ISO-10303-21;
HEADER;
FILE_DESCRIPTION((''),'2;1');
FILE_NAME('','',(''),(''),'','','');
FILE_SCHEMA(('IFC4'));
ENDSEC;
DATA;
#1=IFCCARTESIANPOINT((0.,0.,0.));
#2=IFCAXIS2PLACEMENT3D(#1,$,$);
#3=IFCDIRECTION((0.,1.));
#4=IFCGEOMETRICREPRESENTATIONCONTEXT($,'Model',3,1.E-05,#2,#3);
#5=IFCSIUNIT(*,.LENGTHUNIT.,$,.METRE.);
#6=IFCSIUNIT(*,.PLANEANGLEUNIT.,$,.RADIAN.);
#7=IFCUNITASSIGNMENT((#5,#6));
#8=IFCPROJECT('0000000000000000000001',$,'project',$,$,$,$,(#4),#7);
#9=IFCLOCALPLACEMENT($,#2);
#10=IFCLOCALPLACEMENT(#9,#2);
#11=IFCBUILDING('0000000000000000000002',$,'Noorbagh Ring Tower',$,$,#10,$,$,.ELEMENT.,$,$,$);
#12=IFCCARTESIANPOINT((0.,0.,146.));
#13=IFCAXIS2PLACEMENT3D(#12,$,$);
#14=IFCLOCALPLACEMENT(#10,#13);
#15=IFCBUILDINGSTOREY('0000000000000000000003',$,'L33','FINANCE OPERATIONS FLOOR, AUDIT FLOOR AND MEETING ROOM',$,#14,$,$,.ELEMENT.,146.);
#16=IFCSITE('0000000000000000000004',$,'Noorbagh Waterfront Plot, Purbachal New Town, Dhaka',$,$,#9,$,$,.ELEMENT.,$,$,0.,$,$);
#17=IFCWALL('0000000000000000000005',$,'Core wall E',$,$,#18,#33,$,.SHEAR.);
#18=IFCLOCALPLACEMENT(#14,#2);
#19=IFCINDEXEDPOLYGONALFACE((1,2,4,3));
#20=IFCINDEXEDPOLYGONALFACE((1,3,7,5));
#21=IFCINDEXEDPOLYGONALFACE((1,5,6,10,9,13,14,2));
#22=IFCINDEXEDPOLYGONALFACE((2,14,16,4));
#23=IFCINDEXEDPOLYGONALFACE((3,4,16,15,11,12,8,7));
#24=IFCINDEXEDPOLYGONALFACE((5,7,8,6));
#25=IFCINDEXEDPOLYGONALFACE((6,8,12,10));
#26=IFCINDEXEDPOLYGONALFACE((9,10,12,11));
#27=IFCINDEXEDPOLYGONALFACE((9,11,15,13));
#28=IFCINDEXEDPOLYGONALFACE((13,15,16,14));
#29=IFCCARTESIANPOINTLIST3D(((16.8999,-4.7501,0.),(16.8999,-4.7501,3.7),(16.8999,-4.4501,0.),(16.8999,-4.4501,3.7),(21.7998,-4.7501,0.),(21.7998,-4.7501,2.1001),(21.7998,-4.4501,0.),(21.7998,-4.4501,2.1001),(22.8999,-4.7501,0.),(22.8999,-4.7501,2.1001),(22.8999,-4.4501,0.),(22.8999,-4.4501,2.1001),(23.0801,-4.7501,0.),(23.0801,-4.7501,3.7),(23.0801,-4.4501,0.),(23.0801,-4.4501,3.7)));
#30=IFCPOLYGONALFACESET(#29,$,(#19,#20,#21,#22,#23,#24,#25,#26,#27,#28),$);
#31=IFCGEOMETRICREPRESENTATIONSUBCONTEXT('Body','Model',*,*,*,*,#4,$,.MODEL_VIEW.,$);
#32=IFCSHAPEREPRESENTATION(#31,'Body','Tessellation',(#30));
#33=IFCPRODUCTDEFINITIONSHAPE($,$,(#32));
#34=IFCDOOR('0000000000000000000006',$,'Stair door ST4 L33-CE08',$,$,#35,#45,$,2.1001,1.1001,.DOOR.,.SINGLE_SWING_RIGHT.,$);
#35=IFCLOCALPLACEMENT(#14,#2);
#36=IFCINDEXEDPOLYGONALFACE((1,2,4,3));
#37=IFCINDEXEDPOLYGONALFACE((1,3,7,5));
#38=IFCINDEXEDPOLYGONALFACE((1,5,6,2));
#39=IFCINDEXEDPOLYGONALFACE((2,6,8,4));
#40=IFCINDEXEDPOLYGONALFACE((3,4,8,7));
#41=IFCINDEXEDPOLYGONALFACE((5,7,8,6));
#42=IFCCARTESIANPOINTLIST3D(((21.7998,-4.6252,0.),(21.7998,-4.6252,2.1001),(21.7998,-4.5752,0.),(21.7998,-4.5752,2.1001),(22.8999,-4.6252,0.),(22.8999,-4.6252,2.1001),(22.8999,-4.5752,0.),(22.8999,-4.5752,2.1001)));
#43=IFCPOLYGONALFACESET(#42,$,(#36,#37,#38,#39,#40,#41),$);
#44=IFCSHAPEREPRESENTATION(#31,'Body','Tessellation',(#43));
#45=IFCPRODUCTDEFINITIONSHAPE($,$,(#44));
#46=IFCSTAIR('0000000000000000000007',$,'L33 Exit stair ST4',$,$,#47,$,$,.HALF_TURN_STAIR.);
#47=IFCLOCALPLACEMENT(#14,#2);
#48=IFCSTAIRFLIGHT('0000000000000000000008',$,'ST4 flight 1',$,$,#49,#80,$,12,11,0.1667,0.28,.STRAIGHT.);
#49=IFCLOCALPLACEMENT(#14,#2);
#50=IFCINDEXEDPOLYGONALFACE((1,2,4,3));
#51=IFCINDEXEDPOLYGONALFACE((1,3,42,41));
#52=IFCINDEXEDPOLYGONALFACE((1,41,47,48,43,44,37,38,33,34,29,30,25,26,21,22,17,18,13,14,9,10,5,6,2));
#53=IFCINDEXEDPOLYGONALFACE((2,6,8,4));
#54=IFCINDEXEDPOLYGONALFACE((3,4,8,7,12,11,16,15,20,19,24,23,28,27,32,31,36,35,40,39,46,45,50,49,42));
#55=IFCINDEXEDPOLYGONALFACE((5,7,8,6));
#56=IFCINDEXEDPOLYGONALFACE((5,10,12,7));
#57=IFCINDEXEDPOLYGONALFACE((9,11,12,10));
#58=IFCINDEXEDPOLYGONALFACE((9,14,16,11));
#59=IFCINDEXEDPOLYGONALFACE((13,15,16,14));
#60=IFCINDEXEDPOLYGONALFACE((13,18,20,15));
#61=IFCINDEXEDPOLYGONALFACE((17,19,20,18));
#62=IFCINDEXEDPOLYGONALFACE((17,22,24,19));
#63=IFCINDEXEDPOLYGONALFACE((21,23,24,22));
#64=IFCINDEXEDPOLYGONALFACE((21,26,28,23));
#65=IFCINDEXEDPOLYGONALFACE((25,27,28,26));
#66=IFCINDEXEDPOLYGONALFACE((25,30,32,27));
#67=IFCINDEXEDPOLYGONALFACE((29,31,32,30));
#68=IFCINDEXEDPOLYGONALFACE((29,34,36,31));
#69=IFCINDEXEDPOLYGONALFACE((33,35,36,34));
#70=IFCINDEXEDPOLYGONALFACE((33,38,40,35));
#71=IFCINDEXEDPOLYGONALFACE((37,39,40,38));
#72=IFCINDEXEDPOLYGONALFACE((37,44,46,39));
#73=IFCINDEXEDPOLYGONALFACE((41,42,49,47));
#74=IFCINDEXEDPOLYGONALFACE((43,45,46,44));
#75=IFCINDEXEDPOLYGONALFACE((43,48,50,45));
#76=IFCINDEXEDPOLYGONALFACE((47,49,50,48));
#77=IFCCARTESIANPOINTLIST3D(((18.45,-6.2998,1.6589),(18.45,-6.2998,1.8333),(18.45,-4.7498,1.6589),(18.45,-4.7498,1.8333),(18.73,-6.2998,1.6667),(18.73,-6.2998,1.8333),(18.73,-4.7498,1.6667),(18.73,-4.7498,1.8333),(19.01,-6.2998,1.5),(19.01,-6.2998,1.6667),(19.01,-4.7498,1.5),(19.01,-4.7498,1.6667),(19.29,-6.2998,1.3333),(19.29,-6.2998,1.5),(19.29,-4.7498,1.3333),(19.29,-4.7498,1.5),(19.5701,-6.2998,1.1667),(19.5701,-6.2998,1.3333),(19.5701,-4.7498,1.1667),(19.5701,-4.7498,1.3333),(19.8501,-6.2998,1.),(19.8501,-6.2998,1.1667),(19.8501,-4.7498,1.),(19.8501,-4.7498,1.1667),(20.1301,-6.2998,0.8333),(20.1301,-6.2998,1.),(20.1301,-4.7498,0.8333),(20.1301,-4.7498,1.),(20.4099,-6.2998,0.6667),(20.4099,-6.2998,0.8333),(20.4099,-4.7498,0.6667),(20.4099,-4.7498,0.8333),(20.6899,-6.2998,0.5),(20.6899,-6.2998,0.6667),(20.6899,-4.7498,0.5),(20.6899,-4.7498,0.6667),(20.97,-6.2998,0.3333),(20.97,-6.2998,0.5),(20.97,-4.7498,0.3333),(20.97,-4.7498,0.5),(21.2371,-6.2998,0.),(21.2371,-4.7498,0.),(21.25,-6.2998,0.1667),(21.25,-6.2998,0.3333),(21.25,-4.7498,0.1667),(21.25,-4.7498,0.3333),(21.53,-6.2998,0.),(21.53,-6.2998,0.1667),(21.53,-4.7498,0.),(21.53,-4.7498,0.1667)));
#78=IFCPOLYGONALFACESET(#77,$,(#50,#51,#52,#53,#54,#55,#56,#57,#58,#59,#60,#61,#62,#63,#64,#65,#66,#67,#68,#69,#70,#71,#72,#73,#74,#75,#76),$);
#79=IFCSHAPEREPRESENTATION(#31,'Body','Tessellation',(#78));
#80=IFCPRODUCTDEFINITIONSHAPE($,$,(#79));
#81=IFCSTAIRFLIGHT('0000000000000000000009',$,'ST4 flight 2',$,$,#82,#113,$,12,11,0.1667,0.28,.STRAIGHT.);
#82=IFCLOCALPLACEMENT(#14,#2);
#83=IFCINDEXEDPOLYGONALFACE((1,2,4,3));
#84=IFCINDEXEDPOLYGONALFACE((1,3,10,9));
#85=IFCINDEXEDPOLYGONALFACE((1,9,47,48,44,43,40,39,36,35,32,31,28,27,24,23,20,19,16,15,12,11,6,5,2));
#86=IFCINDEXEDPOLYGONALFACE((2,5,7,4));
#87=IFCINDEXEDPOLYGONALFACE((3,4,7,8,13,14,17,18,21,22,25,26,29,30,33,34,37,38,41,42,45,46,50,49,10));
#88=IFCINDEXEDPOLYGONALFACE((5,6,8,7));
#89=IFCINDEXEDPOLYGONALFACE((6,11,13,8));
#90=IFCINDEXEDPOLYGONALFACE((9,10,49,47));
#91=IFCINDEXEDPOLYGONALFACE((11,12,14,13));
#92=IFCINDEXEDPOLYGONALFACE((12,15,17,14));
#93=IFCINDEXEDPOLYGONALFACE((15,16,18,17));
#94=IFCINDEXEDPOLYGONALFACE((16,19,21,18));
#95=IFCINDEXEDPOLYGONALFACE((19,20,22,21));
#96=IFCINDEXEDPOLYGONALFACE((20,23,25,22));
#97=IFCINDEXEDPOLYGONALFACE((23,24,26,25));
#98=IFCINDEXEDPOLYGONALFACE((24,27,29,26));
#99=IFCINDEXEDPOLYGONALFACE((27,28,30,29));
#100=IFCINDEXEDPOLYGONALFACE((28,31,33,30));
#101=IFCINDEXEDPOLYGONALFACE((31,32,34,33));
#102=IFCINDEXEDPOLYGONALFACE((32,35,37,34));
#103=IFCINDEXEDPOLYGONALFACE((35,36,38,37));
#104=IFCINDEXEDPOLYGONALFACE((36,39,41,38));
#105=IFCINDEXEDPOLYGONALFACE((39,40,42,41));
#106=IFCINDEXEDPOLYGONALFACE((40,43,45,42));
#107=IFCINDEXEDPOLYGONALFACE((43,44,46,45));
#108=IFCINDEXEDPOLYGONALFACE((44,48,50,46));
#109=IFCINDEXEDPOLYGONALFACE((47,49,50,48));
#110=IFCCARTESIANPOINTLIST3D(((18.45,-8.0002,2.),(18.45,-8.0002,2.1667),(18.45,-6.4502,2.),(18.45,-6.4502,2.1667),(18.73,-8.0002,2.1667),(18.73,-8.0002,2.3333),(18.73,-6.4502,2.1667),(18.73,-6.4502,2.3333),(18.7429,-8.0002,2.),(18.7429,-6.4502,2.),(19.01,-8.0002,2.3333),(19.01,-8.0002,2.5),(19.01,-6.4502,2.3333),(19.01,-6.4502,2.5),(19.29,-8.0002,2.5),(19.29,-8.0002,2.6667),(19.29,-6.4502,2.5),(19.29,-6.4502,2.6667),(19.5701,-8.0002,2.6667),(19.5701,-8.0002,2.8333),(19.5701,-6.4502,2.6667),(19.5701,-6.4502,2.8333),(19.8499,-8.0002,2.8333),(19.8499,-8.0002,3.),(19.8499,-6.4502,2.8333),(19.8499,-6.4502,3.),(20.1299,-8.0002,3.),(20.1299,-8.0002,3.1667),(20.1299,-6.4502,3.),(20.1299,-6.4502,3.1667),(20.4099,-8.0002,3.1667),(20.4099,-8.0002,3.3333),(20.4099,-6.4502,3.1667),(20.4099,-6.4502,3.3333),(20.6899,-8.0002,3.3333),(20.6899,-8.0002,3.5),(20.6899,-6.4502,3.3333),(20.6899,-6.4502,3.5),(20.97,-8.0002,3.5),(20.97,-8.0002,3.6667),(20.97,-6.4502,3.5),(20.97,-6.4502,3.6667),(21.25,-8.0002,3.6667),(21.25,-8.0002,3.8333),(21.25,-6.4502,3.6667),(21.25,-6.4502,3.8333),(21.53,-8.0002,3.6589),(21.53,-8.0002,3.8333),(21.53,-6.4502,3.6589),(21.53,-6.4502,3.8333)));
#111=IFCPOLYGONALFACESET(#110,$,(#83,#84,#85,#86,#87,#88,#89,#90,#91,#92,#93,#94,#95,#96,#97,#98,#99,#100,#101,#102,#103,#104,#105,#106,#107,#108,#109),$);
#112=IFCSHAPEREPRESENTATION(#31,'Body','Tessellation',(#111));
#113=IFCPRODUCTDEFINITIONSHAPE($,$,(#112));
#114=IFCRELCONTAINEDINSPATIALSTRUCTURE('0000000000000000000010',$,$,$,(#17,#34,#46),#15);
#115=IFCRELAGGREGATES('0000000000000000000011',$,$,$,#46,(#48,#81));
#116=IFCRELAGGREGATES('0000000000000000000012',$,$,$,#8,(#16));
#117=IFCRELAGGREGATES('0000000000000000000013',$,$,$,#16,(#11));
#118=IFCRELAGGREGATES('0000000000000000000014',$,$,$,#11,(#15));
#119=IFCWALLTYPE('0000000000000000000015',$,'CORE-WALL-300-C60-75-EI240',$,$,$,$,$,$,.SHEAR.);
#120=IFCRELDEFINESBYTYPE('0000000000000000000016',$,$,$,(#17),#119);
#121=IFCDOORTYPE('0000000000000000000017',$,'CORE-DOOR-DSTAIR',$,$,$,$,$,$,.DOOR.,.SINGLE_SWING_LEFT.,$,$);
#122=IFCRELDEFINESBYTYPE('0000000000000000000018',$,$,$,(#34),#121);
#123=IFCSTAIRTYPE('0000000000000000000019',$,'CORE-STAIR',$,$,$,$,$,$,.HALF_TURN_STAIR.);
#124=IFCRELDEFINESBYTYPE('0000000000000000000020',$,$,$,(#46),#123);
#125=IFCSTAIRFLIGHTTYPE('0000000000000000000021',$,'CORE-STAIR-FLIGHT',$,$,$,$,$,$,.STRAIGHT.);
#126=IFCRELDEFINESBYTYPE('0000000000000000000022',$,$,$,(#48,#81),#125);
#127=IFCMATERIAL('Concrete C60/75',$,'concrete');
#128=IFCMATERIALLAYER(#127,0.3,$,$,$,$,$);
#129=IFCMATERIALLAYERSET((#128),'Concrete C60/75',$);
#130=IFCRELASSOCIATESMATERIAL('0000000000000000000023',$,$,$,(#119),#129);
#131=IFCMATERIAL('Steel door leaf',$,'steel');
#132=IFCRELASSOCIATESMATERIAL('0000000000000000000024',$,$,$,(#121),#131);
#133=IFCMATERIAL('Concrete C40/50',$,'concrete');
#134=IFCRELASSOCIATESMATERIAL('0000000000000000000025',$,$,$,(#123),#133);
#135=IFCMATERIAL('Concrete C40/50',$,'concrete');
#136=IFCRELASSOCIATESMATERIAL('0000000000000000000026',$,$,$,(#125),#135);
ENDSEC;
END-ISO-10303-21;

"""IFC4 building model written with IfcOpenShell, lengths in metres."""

from ifc_helpers import new_model, si_unit, direction, frame, frame_2d, origin, place, context, subcontext, project, spatial, polyline, rectangle, outline, extrude, material, layer, layer_set, type_object, element, fill, aggregate, save


model = new_model("IFC4")

# Units and contexts
model_context = context("Model", 3, precision=1e-05, world=origin(), true_north=direction((0.0, 1.0)))
body_context = subcontext(model_context, "Body", "Model", "MODEL_VIEW")
ifc_project = project(units=[si_unit("LENGTHUNIT", "METRE"), si_unit("PLANEANGLEUNIT", "RADIAN")], contexts=[model_context])

# Site, building, storey
site_placement = place(None, origin())
site = spatial("IfcSite", under=ifc_project, at=site_placement, Name="Noorbagh Waterfront Plot, Purbachal New Town, Dhaka", CompositionType="ELEMENT", RefElevation=0.0)
building_placement = place(site_placement, origin())
building = spatial("IfcBuilding", under=site, at=building_placement, Name="Noorbagh Ring Tower", CompositionType="ELEMENT")
storey_placement = place(building_placement, frame((0.0, 0.0, 146.0)))
storey = spatial("IfcBuildingStorey", under=building, at=storey_placement, Name="L33", Description="FINANCE OPERATIONS FLOOR, AUDIT FLOOR AND MEETING ROOM", CompositionType="ELEMENT", Elevation=146.0)

# Shared definitions
ifc_material_1 = material(Name="Concrete C60/75", Category="concrete")
ifc_layer_1 = layer(ifc_material_1, 0.3)
ifc_layer_set_1 = layer_set([ifc_layer_1], Name="Concrete C60/75")
wall_type_1 = type_object("IfcWallType", Name="CORE-WALL-300-C60-75-EI240", PredefinedType="SHEAR", material=ifc_layer_set_1)

# Wall, opening, door
wall_1_placement = place(storey_placement, frame((16.8999, -4.6001, 0.0), z_axis=(0.0, 0.0, 1.0), x_axis=(1.0, 0.0, 0.0)))
wall_1 = element("IfcWall", 1, at=wall_1_placement, inside=storey, type_object=wall_type_1, Name="Core wall E", PredefinedType="SHEAR", context=body_context, shape_type="SweptSolid", body=[
    extrude(rectangle(XDim=6.1802, YDim=0.3, at=frame_2d((3.0901, 0.0))), origin(), (0.0, 0.0, 1.0), 3.7),
])
opening_1_placement = place(wall_1_placement, frame((4.8999, 0.0, 0.0)))
opening_1 = element("IfcOpeningElement", 2, at=opening_1_placement, cuts=wall_1, PredefinedType="OPENING", context=body_context, shape_type="SweptSolid", body=[
    extrude(rectangle(XDim=1.1001, YDim=2.1001, at=frame_2d((0.55, 1.05))), frame((0.0, 0.1602, 0.0), z_axis=(0.0, -1.0, 0.0), x_axis=(1.0, 0.0, 0.0)), (0.0, 0.0, 1.0), 0.3201),
])
ifc_material_2 = material(Name="Steel door leaf", Category="steel")
door_type_1 = type_object("IfcDoorType", Name="CORE-DOOR-DSTAIR", OperationType="SINGLE_SWING_LEFT", PredefinedType="DOOR", material=ifc_material_2)
door_1_placement = place(opening_1_placement, origin())
door_1 = element("IfcDoor", 3, at=door_1_placement, inside=storey, type_object=door_type_1, Name="Stair door ST4 L33-CE08", OperationType="SINGLE_SWING_RIGHT", OverallHeight=2.1001, OverallWidth=1.1001, PredefinedType="DOOR", context=body_context, shape_type="SweptSolid", body=[
    extrude(rectangle(XDim=1.1001, YDim=2.1001, at=frame_2d((0.55, 1.05))), frame((0.0, 0.0249, 0.0), z_axis=(0.0, -1.0, 0.0), x_axis=(1.0, 0.0, 0.0)), (0.0, 0.0, 1.0), 0.05),
])
fill(opening_1, door_1)

# Stair, stair flights
ifc_material_3 = material(Name="Concrete C40/50", Category="concrete")
stair_type = type_object("IfcStairType", Name="CORE-STAIR", PredefinedType="HALF_TURN_STAIR", material=ifc_material_3)
stair_placement = place(storey_placement, origin())
stair = element("IfcStair", 4, at=stair_placement, inside=storey, type_object=stair_type, Name="L33 Exit stair ST4", PredefinedType="HALF_TURN_STAIR")
ifc_material_4 = material(Name="Concrete C40/50", Category="concrete")
stair_flight_type = type_object("IfcStairFlightType", Name="CORE-STAIR-FLIGHT", PredefinedType="STRAIGHT", material=ifc_material_4)
stair_flight_1_placement = place(storey_placement, frame((21.53, -5.5249, 0.0), z_axis=(0.0, 0.0, 1.0), x_axis=(-1.0, 0.0, 0.0)))
stair_flight_1 = element("IfcStairFlight", 5, at=stair_flight_1_placement, type_object=stair_flight_type, Name="ST4 flight 1", NumberOfRisers=12, NumberOfTreads=11, PredefinedType="STRAIGHT", RiserHeight=0.1667, TreadLength=0.28, context=body_context, shape_type="SweptSolid", body=[
    extrude(outline(polyline([(0.0, 0.0), (0.0, 0.1667), (0.28, 0.1667), (0.28, 0.3333), (0.5601, 0.3333), (0.5601, 0.5), (0.8401, 0.5), (0.8401, 0.6667), (1.1201, 0.6667), (1.1201, 0.8333), (1.3999, 0.8333), (1.3999, 1.0), (1.6799, 1.0), (1.6799, 1.1667), (1.96, 1.1667), (1.96, 1.3333), (2.24, 1.3333), (2.24, 1.5), (2.52, 1.5), (2.52, 1.6667), (2.8, 1.6667), (2.8, 1.8333), (3.0801, 1.8333), (3.0801, 2.0), (3.0801, 1.6589), (0.293, 0.0), (0.0, 0.0)])), frame((0.0, 0.7749, 0.0), z_axis=(0.0, -1.0, 0.0), x_axis=(1.0, 0.0, 0.0)), (0.0, 0.0, 1.0), 1.55),
])
stair_flight_2_placement = place(storey_placement, frame((18.45, -7.2251, 2.0), z_axis=(0.0, 0.0, 1.0), x_axis=(1.0, 0.0, 0.0)))
stair_flight_2 = element("IfcStairFlight", 6, at=stair_flight_2_placement, type_object=stair_flight_type, Name="ST4 flight 2", NumberOfRisers=12, NumberOfTreads=11, PredefinedType="STRAIGHT", RiserHeight=0.1667, TreadLength=0.28, context=body_context, shape_type="SweptSolid", body=[
    extrude(outline(polyline([(0.0, 0.0), (0.0, 0.1667), (0.28, 0.1667), (0.28, 0.3333), (0.5601, 0.3333), (0.5601, 0.5), (0.8401, 0.5), (0.8401, 0.6667), (1.1201, 0.6667), (1.1201, 0.8333), (1.3999, 0.8333), (1.3999, 1.0), (1.6799, 1.0), (1.6799, 1.1667), (1.96, 1.1667), (1.96, 1.3333), (2.24, 1.3333), (2.24, 1.5), (2.52, 1.5), (2.52, 1.6667), (2.8, 1.6667), (2.8, 1.8333), (3.0801, 1.8333), (3.0801, 2.0), (3.0801, 1.6589), (0.293, 0.0), (0.0, 0.0)])), frame((0.0, 0.7749, 0.0), z_axis=(0.0, -1.0, 0.0), x_axis=(1.0, 0.0, 0.0)), (0.0, 0.0, 1.0), 1.55),
])
aggregate(stair, [stair_flight_1, stair_flight_2])

save(model, "model.ifc")
